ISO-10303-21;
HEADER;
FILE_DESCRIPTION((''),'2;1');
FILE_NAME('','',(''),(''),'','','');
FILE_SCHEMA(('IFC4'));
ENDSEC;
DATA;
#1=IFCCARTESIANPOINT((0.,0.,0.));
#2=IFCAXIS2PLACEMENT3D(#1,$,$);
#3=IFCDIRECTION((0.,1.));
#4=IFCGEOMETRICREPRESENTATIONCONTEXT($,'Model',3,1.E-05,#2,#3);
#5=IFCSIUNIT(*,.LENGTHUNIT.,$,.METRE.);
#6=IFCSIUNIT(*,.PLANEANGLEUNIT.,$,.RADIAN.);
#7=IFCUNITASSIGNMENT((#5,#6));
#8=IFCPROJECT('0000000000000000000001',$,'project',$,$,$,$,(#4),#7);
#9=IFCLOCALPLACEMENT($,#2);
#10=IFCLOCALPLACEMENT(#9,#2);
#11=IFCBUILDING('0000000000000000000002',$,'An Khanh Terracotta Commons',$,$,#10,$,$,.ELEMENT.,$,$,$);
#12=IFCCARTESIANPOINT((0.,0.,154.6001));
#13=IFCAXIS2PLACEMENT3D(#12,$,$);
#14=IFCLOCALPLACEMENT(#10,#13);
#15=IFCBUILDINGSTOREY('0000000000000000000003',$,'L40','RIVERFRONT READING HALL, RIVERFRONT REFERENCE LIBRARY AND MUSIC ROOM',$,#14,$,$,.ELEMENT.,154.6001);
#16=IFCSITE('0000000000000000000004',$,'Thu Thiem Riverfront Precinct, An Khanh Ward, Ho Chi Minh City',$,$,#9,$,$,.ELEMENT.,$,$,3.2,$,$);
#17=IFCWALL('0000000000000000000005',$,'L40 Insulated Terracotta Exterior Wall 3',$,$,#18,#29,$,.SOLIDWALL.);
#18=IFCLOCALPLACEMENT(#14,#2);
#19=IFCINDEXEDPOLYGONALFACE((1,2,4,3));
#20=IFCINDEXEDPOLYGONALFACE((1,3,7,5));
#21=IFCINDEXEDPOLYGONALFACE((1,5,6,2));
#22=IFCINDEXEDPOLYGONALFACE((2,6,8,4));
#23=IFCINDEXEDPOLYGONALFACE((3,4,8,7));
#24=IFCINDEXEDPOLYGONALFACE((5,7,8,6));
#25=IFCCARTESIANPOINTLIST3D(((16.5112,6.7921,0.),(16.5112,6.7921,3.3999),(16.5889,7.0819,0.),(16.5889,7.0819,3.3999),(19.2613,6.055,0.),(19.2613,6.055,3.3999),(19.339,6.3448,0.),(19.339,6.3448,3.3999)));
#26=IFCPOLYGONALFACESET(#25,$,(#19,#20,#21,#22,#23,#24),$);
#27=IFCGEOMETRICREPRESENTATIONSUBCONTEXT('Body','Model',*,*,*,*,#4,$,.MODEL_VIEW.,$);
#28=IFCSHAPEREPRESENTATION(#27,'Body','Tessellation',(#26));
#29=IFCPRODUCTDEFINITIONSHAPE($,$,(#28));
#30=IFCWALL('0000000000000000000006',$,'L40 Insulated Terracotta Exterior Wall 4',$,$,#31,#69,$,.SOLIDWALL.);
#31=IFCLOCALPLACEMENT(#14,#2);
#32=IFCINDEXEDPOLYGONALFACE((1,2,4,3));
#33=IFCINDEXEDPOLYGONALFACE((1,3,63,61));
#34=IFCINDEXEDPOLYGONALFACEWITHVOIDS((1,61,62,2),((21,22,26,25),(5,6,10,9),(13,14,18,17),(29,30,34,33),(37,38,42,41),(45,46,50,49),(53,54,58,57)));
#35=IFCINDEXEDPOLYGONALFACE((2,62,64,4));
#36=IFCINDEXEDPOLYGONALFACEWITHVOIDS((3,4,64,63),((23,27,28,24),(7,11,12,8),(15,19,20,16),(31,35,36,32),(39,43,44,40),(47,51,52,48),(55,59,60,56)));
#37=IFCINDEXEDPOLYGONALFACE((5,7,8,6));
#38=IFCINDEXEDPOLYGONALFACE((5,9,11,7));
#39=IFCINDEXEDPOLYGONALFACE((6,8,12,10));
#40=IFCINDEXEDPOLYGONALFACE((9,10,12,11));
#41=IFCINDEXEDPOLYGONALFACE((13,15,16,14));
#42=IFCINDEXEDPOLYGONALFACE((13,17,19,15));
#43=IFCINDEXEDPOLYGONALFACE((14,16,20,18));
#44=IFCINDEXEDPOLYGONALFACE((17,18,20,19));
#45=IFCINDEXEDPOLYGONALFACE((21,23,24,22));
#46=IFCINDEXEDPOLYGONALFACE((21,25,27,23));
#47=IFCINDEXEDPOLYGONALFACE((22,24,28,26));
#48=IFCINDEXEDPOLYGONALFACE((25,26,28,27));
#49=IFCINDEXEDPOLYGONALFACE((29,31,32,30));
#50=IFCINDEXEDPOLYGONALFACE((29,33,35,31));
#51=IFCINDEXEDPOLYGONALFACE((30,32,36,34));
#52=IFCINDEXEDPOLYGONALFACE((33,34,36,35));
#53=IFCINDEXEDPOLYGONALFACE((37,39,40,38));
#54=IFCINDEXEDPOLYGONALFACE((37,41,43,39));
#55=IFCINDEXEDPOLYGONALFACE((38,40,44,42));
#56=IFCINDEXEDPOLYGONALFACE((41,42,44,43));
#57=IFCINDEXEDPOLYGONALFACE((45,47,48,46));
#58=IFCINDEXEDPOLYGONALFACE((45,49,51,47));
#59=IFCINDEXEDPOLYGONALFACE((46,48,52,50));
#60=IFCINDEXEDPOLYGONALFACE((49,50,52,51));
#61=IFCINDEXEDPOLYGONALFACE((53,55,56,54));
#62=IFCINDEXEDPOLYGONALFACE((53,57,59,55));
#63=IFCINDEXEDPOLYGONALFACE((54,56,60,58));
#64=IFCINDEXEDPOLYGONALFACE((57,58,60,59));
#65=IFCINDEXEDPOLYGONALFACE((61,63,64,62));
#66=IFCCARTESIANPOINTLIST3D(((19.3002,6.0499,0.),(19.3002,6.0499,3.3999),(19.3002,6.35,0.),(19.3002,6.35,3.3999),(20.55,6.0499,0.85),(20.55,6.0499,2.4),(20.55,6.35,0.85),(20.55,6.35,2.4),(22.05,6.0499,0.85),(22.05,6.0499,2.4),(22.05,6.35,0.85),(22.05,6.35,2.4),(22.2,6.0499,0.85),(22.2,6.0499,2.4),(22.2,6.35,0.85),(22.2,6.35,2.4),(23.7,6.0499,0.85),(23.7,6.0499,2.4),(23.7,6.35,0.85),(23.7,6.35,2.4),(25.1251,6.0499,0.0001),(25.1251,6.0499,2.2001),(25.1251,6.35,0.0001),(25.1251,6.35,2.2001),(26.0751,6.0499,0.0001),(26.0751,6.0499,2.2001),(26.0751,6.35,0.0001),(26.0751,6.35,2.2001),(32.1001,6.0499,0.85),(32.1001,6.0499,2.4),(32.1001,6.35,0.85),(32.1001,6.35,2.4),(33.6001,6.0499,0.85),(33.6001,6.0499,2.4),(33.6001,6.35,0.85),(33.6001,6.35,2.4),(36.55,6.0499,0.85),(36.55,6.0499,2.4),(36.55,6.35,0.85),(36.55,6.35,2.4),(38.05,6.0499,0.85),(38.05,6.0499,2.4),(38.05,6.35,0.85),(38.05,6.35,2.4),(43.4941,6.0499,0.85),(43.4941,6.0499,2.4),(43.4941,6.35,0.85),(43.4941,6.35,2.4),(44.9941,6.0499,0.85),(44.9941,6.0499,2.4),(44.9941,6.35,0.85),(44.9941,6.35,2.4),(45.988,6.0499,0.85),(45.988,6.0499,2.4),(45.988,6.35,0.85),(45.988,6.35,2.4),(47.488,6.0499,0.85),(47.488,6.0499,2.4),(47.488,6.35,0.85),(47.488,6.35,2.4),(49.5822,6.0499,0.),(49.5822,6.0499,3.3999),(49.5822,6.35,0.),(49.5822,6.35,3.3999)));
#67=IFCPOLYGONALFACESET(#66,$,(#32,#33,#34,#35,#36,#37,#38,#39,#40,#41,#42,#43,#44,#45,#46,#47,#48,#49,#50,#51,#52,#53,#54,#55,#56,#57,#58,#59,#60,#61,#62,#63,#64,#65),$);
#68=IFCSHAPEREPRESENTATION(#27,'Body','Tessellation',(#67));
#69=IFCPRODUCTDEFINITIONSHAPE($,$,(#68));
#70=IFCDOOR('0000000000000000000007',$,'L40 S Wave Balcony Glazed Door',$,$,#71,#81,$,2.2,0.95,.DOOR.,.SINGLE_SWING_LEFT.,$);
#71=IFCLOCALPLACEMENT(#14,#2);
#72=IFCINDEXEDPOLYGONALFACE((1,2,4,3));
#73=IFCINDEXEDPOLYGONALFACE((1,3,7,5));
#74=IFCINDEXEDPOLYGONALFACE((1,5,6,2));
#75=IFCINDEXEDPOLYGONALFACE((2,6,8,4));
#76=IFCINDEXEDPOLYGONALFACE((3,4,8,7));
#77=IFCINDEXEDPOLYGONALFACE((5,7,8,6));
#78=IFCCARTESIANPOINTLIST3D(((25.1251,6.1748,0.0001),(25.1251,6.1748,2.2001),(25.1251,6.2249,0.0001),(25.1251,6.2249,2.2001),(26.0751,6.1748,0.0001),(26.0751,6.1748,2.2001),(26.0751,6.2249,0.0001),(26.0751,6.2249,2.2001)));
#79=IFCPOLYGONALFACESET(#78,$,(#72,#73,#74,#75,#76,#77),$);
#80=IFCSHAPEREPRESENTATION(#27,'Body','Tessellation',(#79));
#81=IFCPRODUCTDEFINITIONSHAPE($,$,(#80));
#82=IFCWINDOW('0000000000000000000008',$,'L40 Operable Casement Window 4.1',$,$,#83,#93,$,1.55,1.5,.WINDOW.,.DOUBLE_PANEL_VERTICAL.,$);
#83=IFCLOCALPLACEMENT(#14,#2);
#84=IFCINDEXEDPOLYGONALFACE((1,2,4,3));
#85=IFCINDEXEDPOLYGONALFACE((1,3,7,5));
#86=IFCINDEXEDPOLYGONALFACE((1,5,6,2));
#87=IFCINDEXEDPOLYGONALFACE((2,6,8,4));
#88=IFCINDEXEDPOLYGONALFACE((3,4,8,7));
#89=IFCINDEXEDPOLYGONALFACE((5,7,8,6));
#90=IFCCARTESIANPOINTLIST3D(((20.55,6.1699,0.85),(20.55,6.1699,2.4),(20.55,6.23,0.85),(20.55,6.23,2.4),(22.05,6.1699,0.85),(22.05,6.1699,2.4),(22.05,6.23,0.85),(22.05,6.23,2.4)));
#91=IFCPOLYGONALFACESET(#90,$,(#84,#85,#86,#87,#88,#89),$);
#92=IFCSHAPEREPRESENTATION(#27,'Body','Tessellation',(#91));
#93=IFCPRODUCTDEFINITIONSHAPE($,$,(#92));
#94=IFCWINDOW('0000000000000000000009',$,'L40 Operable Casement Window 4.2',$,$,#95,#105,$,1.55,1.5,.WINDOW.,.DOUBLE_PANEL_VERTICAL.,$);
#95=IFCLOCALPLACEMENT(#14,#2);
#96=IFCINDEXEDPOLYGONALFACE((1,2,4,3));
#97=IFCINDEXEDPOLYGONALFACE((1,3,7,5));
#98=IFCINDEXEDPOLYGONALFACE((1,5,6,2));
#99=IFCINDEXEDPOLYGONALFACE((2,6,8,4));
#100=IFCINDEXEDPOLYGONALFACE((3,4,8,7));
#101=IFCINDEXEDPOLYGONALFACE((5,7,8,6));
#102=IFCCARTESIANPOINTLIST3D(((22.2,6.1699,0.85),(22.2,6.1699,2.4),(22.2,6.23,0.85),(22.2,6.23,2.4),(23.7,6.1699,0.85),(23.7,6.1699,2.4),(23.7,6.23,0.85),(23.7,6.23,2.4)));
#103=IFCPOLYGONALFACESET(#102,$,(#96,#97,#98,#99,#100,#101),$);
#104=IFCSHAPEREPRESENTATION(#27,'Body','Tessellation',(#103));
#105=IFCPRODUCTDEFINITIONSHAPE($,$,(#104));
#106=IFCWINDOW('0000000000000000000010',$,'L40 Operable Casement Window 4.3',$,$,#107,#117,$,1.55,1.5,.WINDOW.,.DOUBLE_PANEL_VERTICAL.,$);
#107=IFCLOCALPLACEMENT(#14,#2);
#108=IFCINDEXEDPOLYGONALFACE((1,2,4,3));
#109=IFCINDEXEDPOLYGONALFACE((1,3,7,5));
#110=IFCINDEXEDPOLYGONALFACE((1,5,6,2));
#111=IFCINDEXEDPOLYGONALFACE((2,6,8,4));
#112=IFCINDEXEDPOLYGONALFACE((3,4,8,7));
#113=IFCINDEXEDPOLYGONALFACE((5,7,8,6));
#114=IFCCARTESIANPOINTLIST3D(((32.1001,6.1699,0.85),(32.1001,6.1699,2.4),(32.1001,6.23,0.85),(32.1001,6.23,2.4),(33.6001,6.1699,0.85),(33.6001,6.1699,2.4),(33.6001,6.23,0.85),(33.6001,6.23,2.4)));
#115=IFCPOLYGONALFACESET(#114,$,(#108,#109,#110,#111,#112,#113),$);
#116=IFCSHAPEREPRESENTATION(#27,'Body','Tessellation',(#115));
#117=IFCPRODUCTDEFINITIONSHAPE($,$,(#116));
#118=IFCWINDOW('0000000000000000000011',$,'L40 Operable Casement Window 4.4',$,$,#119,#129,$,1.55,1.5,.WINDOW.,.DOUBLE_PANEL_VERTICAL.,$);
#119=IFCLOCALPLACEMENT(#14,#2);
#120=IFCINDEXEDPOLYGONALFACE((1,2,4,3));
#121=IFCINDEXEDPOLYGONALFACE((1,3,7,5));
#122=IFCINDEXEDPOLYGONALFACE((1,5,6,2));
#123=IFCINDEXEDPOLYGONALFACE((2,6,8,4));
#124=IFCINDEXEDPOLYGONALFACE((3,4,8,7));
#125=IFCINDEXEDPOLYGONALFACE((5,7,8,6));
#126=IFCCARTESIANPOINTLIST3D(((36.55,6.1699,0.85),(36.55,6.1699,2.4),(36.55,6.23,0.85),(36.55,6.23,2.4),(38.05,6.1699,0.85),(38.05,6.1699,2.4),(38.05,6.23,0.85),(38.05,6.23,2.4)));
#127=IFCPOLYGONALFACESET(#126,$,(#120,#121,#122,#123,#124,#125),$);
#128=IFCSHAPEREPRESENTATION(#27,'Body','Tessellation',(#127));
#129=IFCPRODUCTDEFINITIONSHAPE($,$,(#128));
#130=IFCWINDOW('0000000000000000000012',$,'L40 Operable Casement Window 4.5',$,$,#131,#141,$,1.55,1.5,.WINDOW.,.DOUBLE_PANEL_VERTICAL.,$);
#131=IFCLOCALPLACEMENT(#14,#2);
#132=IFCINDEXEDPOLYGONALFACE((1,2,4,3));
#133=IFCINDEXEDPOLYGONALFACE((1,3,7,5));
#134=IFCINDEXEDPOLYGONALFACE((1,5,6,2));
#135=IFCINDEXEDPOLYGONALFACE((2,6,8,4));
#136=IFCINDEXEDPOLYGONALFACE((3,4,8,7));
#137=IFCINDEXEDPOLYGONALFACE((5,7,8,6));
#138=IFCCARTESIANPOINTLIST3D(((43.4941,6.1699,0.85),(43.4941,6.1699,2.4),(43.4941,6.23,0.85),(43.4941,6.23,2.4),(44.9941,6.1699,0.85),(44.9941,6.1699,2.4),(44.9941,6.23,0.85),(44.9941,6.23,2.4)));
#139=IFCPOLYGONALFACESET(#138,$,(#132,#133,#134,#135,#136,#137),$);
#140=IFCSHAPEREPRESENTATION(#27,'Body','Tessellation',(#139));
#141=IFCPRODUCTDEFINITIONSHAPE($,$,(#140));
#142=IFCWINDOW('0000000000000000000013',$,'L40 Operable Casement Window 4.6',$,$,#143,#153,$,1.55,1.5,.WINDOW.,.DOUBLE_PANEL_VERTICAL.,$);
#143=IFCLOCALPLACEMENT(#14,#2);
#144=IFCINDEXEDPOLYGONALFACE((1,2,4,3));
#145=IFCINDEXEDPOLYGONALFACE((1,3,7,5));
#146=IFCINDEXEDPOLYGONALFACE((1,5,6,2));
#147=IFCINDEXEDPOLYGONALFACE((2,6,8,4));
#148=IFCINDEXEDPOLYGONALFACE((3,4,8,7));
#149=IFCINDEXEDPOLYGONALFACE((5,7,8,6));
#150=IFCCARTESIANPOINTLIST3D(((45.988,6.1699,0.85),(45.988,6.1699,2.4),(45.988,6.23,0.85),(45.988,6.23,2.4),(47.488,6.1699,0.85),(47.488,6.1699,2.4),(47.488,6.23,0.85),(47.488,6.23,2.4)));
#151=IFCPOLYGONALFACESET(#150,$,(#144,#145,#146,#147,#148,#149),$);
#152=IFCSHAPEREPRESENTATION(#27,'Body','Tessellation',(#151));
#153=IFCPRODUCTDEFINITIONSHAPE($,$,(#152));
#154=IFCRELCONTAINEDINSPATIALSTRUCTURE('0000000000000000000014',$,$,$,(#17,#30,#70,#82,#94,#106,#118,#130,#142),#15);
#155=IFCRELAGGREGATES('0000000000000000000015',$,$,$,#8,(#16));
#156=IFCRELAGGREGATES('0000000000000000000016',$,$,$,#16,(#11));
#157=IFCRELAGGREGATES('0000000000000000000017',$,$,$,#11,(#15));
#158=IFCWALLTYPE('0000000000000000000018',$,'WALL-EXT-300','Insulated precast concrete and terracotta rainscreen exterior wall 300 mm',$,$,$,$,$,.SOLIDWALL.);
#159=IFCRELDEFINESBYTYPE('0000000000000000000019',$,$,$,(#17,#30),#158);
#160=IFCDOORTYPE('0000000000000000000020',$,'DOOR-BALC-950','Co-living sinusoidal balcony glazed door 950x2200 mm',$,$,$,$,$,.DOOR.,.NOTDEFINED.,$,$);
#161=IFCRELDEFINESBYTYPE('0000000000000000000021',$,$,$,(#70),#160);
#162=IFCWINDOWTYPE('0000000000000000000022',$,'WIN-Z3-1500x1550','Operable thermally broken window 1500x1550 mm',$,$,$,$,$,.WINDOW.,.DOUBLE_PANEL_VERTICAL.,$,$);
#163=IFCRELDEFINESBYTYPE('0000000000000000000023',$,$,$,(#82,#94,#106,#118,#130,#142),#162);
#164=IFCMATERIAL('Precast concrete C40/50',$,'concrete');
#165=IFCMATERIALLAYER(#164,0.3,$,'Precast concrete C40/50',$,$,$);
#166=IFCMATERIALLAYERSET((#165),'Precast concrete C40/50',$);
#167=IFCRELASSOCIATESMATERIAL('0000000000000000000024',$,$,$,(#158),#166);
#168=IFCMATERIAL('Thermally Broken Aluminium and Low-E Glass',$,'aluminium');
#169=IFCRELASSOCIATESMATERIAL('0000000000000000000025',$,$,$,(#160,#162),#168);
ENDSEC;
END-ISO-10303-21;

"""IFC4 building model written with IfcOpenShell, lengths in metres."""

from ifc_helpers import new_model, si_unit, direction, frame, frame_2d, origin, place, context, subcontext, project, spatial, rectangle, extrude, material, layer, layer_set, type_object, element, fill, save


model = new_model("IFC4")

# Units and contexts
model_context = context("Model", 3, precision=1e-05, world=origin(), true_north=direction((0.0, 1.0)))
body_context = subcontext(model_context, "Body", "Model", "MODEL_VIEW")
ifc_project = project(units=[si_unit("LENGTHUNIT", "METRE"), si_unit("PLANEANGLEUNIT", "RADIAN")], contexts=[model_context])

# Site, building, storey
site_placement = place(None, origin())
site = spatial("IfcSite", under=ifc_project, at=site_placement, Name="Thu Thiem Riverfront Precinct, An Khanh Ward, Ho Chi Minh City", CompositionType="ELEMENT", RefElevation=3.2)
building_placement = place(site_placement, origin())
building = spatial("IfcBuilding", under=site, at=building_placement, Name="An Khanh Terracotta Commons", CompositionType="ELEMENT")
storey_placement = place(building_placement, frame((0.0, 0.0, 154.6001)))
storey = spatial("IfcBuildingStorey", under=building, at=storey_placement, Name="L40", Description="RIVERFRONT READING HALL, RIVERFRONT REFERENCE LIBRARY AND MUSIC ROOM", CompositionType="ELEMENT", Elevation=154.6001)

# Wall
ifc_material_1 = material(Name="Precast concrete C40/50", Category="concrete")
ifc_layer_1 = layer(ifc_material_1, 0.3, Name="Precast concrete C40/50")
ifc_layer_set_1 = layer_set([ifc_layer_1], Name="Precast concrete C40/50")
wall_type_1 = type_object("IfcWallType", Name="WALL-EXT-300", Description="Insulated precast concrete and terracotta rainscreen exterior wall 300 mm", PredefinedType="SOLIDWALL", material=ifc_layer_set_1)
wall_1_placement = place(storey_placement, frame((16.55, 6.937, 0.0), z_axis=(0.0, 0.0, 1.0), x_axis=(0.965908, -0.258885, 0.0)))
element("IfcWall", 1, at=wall_1_placement, inside=storey, type_object=wall_type_1, Name="L40 Insulated Terracotta Exterior Wall 3", PredefinedType="SOLIDWALL", context=body_context, shape_type="SweptSolid", body=[
    extrude(rectangle(XDim=2.8472, YDim=0.3, at=frame_2d((1.4236, 0.0))), origin(), (0.0, 0.0, 1.0), 3.3999),
])

# Wall, openings, door, windows
wall_2_placement = place(storey_placement, frame((19.3, 6.2, 0.0), z_axis=(0.0, 0.0, 1.0), x_axis=(1.0, 0.0, 0.0)))
wall_2 = element("IfcWall", 2, at=wall_2_placement, inside=storey, type_object=wall_type_1, Name="L40 Insulated Terracotta Exterior Wall 4", PredefinedType="SOLIDWALL", context=body_context, shape_type="SweptSolid", body=[
    extrude(rectangle(XDim=30.282, YDim=0.3, at=frame_2d((15.1411, 0.0))), origin(), (0.0, 0.0, 1.0), 3.3999),
])
opening_1_placement = place(wall_2_placement, frame((5.825, 0.0, 0.0)))
opening_1 = element("IfcOpeningElement", 3, at=opening_1_placement, cuts=wall_2, PredefinedType="OPENING", context=body_context, shape_type="SweptSolid", body=[
    extrude(rectangle(XDim=0.95, YDim=2.2, at=frame_2d((0.4751, 1.1001))), frame((0.0, 0.1599, 0.0), z_axis=(0.0, -1.0, 0.0), x_axis=(1.0, 0.0, 0.0)), (0.0, 0.0, 1.0), 0.3201),
])
opening_2_placement = place(wall_2_placement, frame((1.25, 0.0, 0.8501)))
opening_2 = element("IfcOpeningElement", 4, at=opening_2_placement, cuts=wall_2, PredefinedType="OPENING", context=body_context, shape_type="SweptSolid", body=[
    extrude(rectangle(XDim=1.5, YDim=1.55, at=frame_2d((0.75, 0.7749))), frame((0.0, 0.1599, 0.0), z_axis=(0.0, -1.0, 0.0), x_axis=(1.0, 0.0, 0.0)), (0.0, 0.0, 1.0), 0.3201),
])
opening_3_placement = place(wall_2_placement, frame((2.8999, 0.0, 0.8501)))
opening_3 = element("IfcOpeningElement", 5, at=opening_3_placement, cuts=wall_2, PredefinedType="OPENING", context=body_context, shape_type="SweptSolid", body=[
    extrude(rectangle(XDim=1.5, YDim=1.55, at=frame_2d((0.75, 0.7749))), frame((0.0, 0.1599, 0.0), z_axis=(0.0, -1.0, 0.0), x_axis=(1.0, 0.0, 0.0)), (0.0, 0.0, 1.0), 0.3201),
])
opening_4_placement = place(wall_2_placement, frame((12.8, 0.0, 0.8501)))
opening_4 = element("IfcOpeningElement", 6, at=opening_4_placement, cuts=wall_2, PredefinedType="OPENING", context=body_context, shape_type="SweptSolid", body=[
    extrude(rectangle(XDim=1.5, YDim=1.55, at=frame_2d((0.75, 0.7749))), frame((0.0, 0.1599, 0.0), z_axis=(0.0, -1.0, 0.0), x_axis=(1.0, 0.0, 0.0)), (0.0, 0.0, 1.0), 0.3201),
])
opening_5_placement = place(wall_2_placement, frame((17.25, 0.0, 0.8501)))
opening_5 = element("IfcOpeningElement", 7, at=opening_5_placement, cuts=wall_2, PredefinedType="OPENING", context=body_context, shape_type="SweptSolid", body=[
    extrude(rectangle(XDim=1.5, YDim=1.55, at=frame_2d((0.75, 0.7749))), frame((0.0, 0.1599, 0.0), z_axis=(0.0, -1.0, 0.0), x_axis=(1.0, 0.0, 0.0)), (0.0, 0.0, 1.0), 0.3201),
])
opening_6_placement = place(wall_2_placement, frame((24.1941, 0.0, 0.8501)))
opening_6 = element("IfcOpeningElement", 8, at=opening_6_placement, cuts=wall_2, PredefinedType="OPENING", context=body_context, shape_type="SweptSolid", body=[
    extrude(rectangle(XDim=1.5, YDim=1.55, at=frame_2d((0.75, 0.7749))), frame((0.0, 0.1599, 0.0), z_axis=(0.0, -1.0, 0.0), x_axis=(1.0, 0.0, 0.0)), (0.0, 0.0, 1.0), 0.3201),
])
opening_7_placement = place(wall_2_placement, frame((26.688, 0.0, 0.8501)))
opening_7 = element("IfcOpeningElement", 9, at=opening_7_placement, cuts=wall_2, PredefinedType="OPENING", context=body_context, shape_type="SweptSolid", body=[
    extrude(rectangle(XDim=1.5, YDim=1.55, at=frame_2d((0.75, 0.7749))), frame((0.0, 0.1599, 0.0), z_axis=(0.0, -1.0, 0.0), x_axis=(1.0, 0.0, 0.0)), (0.0, 0.0, 1.0), 0.3201),
])
ifc_material_2 = material(Name="Thermally Broken Aluminium and Low-E Glass", Category="aluminium")
door_type_1 = type_object("IfcDoorType", Name="DOOR-BALC-950", Description="Co-living sinusoidal balcony glazed door 950x2200 mm", OperationType="NOTDEFINED", PredefinedType="DOOR", material=ifc_material_2)
door_1_placement = place(opening_1_placement, origin())
door_1 = element("IfcDoor", 10, at=door_1_placement, inside=storey, type_object=door_type_1, Name="L40 S Wave Balcony Glazed Door", OperationType="SINGLE_SWING_LEFT", OverallHeight=2.2, OverallWidth=0.95, PredefinedType="DOOR", context=body_context, shape_type="SweptSolid", body=[
    extrude(rectangle(XDim=0.95, YDim=2.2, at=frame_2d((0.4751, 1.1001))), frame((0.0, 0.0249, 0.0), z_axis=(0.0, -1.0, 0.0), x_axis=(1.0, 0.0, 0.0)), (0.0, 0.0, 1.0), 0.05),
])
fill(opening_1, door_1)
window_type = type_object("IfcWindowType", Name="WIN-Z3-1500x1550", Description="Operable thermally broken window 1500x1550 mm", PartitioningType="DOUBLE_PANEL_VERTICAL", PredefinedType="WINDOW", material=ifc_material_2)
window_1_placement = place(opening_2_placement, origin())
window_1 = element("IfcWindow", 11, at=window_1_placement, inside=storey, type_object=window_type, Name="L40 Operable Casement Window 4.1", OverallHeight=1.55, OverallWidth=1.5, PartitioningType="DOUBLE_PANEL_VERTICAL", PredefinedType="WINDOW", context=body_context, shape_type="SweptSolid", body=[
    extrude(rectangle(XDim=1.5, YDim=1.55, at=frame_2d((0.75, 0.7749))), frame((0.0, 0.03, 0.0), z_axis=(0.0, -1.0, 0.0), x_axis=(1.0, 0.0, 0.0)), (0.0, 0.0, 1.0), 0.0601),
])
fill(opening_2, window_1)
window_2_placement = place(opening_3_placement, origin())
window_2 = element("IfcWindow", 12, at=window_2_placement, inside=storey, type_object=window_type, Name="L40 Operable Casement Window 4.2", OverallHeight=1.55, OverallWidth=1.5, PartitioningType="DOUBLE_PANEL_VERTICAL", PredefinedType="WINDOW", context=body_context, shape_type="SweptSolid", body=[
    extrude(rectangle(XDim=1.5, YDim=1.55, at=frame_2d((0.75, 0.7749))), frame((0.0, 0.03, 0.0), z_axis=(0.0, -1.0, 0.0), x_axis=(1.0, 0.0, 0.0)), (0.0, 0.0, 1.0), 0.0601),
])
fill(opening_3, window_2)
window_3_placement = place(opening_4_placement, origin())
window_3 = element("IfcWindow", 13, at=window_3_placement, inside=storey, type_object=window_type, Name="L40 Operable Casement Window 4.3", OverallHeight=1.55, OverallWidth=1.5, PartitioningType="DOUBLE_PANEL_VERTICAL", PredefinedType="WINDOW", context=body_context, shape_type="SweptSolid", body=[
    extrude(rectangle(XDim=1.5, YDim=1.55, at=frame_2d((0.75, 0.7749))), frame((0.0, 0.03, 0.0), z_axis=(0.0, -1.0, 0.0), x_axis=(1.0, 0.0, 0.0)), (0.0, 0.0, 1.0), 0.0601),
])
fill(opening_4, window_3)
window_4_placement = place(opening_5_placement, origin())
window_4 = element("IfcWindow", 14, at=window_4_placement, inside=storey, type_object=window_type, Name="L40 Operable Casement Window 4.4", OverallHeight=1.55, OverallWidth=1.5, PartitioningType="DOUBLE_PANEL_VERTICAL", PredefinedType="WINDOW", context=body_context, shape_type="SweptSolid", body=[
    extrude(rectangle(XDim=1.5, YDim=1.55, at=frame_2d((0.75, 0.7749))), frame((0.0, 0.03, 0.0), z_axis=(0.0, -1.0, 0.0), x_axis=(1.0, 0.0, 0.0)), (0.0, 0.0, 1.0), 0.0601),
])
fill(opening_5, window_4)
window_5_placement = place(opening_6_placement, origin())
window_5 = element("IfcWindow", 15, at=window_5_placement, inside=storey, type_object=window_type, Name="L40 Operable Casement Window 4.5", OverallHeight=1.55, OverallWidth=1.5, PartitioningType="DOUBLE_PANEL_VERTICAL", PredefinedType="WINDOW", context=body_context, shape_type="SweptSolid", body=[
    extrude(rectangle(XDim=1.5, YDim=1.55, at=frame_2d((0.75, 0.7749))), frame((0.0, 0.03, 0.0), z_axis=(0.0, -1.0, 0.0), x_axis=(1.0, 0.0, 0.0)), (0.0, 0.0, 1.0), 0.0601),
])
fill(opening_6, window_5)
window_6_placement = place(opening_7_placement, origin())
window_6 = element("IfcWindow", 16, at=window_6_placement, inside=storey, type_object=window_type, Name="L40 Operable Casement Window 4.6", OverallHeight=1.55, OverallWidth=1.5, PartitioningType="DOUBLE_PANEL_VERTICAL", PredefinedType="WINDOW", context=body_context, shape_type="SweptSolid", body=[
    extrude(rectangle(XDim=1.5, YDim=1.55, at=frame_2d((0.75, 0.7749))), frame((0.0, 0.03, 0.0), z_axis=(0.0, -1.0, 0.0), x_axis=(1.0, 0.0, 0.0)), (0.0, 0.0, 1.0), 0.0601),
])
fill(opening_7, window_6)

save(model, "model.ifc")
